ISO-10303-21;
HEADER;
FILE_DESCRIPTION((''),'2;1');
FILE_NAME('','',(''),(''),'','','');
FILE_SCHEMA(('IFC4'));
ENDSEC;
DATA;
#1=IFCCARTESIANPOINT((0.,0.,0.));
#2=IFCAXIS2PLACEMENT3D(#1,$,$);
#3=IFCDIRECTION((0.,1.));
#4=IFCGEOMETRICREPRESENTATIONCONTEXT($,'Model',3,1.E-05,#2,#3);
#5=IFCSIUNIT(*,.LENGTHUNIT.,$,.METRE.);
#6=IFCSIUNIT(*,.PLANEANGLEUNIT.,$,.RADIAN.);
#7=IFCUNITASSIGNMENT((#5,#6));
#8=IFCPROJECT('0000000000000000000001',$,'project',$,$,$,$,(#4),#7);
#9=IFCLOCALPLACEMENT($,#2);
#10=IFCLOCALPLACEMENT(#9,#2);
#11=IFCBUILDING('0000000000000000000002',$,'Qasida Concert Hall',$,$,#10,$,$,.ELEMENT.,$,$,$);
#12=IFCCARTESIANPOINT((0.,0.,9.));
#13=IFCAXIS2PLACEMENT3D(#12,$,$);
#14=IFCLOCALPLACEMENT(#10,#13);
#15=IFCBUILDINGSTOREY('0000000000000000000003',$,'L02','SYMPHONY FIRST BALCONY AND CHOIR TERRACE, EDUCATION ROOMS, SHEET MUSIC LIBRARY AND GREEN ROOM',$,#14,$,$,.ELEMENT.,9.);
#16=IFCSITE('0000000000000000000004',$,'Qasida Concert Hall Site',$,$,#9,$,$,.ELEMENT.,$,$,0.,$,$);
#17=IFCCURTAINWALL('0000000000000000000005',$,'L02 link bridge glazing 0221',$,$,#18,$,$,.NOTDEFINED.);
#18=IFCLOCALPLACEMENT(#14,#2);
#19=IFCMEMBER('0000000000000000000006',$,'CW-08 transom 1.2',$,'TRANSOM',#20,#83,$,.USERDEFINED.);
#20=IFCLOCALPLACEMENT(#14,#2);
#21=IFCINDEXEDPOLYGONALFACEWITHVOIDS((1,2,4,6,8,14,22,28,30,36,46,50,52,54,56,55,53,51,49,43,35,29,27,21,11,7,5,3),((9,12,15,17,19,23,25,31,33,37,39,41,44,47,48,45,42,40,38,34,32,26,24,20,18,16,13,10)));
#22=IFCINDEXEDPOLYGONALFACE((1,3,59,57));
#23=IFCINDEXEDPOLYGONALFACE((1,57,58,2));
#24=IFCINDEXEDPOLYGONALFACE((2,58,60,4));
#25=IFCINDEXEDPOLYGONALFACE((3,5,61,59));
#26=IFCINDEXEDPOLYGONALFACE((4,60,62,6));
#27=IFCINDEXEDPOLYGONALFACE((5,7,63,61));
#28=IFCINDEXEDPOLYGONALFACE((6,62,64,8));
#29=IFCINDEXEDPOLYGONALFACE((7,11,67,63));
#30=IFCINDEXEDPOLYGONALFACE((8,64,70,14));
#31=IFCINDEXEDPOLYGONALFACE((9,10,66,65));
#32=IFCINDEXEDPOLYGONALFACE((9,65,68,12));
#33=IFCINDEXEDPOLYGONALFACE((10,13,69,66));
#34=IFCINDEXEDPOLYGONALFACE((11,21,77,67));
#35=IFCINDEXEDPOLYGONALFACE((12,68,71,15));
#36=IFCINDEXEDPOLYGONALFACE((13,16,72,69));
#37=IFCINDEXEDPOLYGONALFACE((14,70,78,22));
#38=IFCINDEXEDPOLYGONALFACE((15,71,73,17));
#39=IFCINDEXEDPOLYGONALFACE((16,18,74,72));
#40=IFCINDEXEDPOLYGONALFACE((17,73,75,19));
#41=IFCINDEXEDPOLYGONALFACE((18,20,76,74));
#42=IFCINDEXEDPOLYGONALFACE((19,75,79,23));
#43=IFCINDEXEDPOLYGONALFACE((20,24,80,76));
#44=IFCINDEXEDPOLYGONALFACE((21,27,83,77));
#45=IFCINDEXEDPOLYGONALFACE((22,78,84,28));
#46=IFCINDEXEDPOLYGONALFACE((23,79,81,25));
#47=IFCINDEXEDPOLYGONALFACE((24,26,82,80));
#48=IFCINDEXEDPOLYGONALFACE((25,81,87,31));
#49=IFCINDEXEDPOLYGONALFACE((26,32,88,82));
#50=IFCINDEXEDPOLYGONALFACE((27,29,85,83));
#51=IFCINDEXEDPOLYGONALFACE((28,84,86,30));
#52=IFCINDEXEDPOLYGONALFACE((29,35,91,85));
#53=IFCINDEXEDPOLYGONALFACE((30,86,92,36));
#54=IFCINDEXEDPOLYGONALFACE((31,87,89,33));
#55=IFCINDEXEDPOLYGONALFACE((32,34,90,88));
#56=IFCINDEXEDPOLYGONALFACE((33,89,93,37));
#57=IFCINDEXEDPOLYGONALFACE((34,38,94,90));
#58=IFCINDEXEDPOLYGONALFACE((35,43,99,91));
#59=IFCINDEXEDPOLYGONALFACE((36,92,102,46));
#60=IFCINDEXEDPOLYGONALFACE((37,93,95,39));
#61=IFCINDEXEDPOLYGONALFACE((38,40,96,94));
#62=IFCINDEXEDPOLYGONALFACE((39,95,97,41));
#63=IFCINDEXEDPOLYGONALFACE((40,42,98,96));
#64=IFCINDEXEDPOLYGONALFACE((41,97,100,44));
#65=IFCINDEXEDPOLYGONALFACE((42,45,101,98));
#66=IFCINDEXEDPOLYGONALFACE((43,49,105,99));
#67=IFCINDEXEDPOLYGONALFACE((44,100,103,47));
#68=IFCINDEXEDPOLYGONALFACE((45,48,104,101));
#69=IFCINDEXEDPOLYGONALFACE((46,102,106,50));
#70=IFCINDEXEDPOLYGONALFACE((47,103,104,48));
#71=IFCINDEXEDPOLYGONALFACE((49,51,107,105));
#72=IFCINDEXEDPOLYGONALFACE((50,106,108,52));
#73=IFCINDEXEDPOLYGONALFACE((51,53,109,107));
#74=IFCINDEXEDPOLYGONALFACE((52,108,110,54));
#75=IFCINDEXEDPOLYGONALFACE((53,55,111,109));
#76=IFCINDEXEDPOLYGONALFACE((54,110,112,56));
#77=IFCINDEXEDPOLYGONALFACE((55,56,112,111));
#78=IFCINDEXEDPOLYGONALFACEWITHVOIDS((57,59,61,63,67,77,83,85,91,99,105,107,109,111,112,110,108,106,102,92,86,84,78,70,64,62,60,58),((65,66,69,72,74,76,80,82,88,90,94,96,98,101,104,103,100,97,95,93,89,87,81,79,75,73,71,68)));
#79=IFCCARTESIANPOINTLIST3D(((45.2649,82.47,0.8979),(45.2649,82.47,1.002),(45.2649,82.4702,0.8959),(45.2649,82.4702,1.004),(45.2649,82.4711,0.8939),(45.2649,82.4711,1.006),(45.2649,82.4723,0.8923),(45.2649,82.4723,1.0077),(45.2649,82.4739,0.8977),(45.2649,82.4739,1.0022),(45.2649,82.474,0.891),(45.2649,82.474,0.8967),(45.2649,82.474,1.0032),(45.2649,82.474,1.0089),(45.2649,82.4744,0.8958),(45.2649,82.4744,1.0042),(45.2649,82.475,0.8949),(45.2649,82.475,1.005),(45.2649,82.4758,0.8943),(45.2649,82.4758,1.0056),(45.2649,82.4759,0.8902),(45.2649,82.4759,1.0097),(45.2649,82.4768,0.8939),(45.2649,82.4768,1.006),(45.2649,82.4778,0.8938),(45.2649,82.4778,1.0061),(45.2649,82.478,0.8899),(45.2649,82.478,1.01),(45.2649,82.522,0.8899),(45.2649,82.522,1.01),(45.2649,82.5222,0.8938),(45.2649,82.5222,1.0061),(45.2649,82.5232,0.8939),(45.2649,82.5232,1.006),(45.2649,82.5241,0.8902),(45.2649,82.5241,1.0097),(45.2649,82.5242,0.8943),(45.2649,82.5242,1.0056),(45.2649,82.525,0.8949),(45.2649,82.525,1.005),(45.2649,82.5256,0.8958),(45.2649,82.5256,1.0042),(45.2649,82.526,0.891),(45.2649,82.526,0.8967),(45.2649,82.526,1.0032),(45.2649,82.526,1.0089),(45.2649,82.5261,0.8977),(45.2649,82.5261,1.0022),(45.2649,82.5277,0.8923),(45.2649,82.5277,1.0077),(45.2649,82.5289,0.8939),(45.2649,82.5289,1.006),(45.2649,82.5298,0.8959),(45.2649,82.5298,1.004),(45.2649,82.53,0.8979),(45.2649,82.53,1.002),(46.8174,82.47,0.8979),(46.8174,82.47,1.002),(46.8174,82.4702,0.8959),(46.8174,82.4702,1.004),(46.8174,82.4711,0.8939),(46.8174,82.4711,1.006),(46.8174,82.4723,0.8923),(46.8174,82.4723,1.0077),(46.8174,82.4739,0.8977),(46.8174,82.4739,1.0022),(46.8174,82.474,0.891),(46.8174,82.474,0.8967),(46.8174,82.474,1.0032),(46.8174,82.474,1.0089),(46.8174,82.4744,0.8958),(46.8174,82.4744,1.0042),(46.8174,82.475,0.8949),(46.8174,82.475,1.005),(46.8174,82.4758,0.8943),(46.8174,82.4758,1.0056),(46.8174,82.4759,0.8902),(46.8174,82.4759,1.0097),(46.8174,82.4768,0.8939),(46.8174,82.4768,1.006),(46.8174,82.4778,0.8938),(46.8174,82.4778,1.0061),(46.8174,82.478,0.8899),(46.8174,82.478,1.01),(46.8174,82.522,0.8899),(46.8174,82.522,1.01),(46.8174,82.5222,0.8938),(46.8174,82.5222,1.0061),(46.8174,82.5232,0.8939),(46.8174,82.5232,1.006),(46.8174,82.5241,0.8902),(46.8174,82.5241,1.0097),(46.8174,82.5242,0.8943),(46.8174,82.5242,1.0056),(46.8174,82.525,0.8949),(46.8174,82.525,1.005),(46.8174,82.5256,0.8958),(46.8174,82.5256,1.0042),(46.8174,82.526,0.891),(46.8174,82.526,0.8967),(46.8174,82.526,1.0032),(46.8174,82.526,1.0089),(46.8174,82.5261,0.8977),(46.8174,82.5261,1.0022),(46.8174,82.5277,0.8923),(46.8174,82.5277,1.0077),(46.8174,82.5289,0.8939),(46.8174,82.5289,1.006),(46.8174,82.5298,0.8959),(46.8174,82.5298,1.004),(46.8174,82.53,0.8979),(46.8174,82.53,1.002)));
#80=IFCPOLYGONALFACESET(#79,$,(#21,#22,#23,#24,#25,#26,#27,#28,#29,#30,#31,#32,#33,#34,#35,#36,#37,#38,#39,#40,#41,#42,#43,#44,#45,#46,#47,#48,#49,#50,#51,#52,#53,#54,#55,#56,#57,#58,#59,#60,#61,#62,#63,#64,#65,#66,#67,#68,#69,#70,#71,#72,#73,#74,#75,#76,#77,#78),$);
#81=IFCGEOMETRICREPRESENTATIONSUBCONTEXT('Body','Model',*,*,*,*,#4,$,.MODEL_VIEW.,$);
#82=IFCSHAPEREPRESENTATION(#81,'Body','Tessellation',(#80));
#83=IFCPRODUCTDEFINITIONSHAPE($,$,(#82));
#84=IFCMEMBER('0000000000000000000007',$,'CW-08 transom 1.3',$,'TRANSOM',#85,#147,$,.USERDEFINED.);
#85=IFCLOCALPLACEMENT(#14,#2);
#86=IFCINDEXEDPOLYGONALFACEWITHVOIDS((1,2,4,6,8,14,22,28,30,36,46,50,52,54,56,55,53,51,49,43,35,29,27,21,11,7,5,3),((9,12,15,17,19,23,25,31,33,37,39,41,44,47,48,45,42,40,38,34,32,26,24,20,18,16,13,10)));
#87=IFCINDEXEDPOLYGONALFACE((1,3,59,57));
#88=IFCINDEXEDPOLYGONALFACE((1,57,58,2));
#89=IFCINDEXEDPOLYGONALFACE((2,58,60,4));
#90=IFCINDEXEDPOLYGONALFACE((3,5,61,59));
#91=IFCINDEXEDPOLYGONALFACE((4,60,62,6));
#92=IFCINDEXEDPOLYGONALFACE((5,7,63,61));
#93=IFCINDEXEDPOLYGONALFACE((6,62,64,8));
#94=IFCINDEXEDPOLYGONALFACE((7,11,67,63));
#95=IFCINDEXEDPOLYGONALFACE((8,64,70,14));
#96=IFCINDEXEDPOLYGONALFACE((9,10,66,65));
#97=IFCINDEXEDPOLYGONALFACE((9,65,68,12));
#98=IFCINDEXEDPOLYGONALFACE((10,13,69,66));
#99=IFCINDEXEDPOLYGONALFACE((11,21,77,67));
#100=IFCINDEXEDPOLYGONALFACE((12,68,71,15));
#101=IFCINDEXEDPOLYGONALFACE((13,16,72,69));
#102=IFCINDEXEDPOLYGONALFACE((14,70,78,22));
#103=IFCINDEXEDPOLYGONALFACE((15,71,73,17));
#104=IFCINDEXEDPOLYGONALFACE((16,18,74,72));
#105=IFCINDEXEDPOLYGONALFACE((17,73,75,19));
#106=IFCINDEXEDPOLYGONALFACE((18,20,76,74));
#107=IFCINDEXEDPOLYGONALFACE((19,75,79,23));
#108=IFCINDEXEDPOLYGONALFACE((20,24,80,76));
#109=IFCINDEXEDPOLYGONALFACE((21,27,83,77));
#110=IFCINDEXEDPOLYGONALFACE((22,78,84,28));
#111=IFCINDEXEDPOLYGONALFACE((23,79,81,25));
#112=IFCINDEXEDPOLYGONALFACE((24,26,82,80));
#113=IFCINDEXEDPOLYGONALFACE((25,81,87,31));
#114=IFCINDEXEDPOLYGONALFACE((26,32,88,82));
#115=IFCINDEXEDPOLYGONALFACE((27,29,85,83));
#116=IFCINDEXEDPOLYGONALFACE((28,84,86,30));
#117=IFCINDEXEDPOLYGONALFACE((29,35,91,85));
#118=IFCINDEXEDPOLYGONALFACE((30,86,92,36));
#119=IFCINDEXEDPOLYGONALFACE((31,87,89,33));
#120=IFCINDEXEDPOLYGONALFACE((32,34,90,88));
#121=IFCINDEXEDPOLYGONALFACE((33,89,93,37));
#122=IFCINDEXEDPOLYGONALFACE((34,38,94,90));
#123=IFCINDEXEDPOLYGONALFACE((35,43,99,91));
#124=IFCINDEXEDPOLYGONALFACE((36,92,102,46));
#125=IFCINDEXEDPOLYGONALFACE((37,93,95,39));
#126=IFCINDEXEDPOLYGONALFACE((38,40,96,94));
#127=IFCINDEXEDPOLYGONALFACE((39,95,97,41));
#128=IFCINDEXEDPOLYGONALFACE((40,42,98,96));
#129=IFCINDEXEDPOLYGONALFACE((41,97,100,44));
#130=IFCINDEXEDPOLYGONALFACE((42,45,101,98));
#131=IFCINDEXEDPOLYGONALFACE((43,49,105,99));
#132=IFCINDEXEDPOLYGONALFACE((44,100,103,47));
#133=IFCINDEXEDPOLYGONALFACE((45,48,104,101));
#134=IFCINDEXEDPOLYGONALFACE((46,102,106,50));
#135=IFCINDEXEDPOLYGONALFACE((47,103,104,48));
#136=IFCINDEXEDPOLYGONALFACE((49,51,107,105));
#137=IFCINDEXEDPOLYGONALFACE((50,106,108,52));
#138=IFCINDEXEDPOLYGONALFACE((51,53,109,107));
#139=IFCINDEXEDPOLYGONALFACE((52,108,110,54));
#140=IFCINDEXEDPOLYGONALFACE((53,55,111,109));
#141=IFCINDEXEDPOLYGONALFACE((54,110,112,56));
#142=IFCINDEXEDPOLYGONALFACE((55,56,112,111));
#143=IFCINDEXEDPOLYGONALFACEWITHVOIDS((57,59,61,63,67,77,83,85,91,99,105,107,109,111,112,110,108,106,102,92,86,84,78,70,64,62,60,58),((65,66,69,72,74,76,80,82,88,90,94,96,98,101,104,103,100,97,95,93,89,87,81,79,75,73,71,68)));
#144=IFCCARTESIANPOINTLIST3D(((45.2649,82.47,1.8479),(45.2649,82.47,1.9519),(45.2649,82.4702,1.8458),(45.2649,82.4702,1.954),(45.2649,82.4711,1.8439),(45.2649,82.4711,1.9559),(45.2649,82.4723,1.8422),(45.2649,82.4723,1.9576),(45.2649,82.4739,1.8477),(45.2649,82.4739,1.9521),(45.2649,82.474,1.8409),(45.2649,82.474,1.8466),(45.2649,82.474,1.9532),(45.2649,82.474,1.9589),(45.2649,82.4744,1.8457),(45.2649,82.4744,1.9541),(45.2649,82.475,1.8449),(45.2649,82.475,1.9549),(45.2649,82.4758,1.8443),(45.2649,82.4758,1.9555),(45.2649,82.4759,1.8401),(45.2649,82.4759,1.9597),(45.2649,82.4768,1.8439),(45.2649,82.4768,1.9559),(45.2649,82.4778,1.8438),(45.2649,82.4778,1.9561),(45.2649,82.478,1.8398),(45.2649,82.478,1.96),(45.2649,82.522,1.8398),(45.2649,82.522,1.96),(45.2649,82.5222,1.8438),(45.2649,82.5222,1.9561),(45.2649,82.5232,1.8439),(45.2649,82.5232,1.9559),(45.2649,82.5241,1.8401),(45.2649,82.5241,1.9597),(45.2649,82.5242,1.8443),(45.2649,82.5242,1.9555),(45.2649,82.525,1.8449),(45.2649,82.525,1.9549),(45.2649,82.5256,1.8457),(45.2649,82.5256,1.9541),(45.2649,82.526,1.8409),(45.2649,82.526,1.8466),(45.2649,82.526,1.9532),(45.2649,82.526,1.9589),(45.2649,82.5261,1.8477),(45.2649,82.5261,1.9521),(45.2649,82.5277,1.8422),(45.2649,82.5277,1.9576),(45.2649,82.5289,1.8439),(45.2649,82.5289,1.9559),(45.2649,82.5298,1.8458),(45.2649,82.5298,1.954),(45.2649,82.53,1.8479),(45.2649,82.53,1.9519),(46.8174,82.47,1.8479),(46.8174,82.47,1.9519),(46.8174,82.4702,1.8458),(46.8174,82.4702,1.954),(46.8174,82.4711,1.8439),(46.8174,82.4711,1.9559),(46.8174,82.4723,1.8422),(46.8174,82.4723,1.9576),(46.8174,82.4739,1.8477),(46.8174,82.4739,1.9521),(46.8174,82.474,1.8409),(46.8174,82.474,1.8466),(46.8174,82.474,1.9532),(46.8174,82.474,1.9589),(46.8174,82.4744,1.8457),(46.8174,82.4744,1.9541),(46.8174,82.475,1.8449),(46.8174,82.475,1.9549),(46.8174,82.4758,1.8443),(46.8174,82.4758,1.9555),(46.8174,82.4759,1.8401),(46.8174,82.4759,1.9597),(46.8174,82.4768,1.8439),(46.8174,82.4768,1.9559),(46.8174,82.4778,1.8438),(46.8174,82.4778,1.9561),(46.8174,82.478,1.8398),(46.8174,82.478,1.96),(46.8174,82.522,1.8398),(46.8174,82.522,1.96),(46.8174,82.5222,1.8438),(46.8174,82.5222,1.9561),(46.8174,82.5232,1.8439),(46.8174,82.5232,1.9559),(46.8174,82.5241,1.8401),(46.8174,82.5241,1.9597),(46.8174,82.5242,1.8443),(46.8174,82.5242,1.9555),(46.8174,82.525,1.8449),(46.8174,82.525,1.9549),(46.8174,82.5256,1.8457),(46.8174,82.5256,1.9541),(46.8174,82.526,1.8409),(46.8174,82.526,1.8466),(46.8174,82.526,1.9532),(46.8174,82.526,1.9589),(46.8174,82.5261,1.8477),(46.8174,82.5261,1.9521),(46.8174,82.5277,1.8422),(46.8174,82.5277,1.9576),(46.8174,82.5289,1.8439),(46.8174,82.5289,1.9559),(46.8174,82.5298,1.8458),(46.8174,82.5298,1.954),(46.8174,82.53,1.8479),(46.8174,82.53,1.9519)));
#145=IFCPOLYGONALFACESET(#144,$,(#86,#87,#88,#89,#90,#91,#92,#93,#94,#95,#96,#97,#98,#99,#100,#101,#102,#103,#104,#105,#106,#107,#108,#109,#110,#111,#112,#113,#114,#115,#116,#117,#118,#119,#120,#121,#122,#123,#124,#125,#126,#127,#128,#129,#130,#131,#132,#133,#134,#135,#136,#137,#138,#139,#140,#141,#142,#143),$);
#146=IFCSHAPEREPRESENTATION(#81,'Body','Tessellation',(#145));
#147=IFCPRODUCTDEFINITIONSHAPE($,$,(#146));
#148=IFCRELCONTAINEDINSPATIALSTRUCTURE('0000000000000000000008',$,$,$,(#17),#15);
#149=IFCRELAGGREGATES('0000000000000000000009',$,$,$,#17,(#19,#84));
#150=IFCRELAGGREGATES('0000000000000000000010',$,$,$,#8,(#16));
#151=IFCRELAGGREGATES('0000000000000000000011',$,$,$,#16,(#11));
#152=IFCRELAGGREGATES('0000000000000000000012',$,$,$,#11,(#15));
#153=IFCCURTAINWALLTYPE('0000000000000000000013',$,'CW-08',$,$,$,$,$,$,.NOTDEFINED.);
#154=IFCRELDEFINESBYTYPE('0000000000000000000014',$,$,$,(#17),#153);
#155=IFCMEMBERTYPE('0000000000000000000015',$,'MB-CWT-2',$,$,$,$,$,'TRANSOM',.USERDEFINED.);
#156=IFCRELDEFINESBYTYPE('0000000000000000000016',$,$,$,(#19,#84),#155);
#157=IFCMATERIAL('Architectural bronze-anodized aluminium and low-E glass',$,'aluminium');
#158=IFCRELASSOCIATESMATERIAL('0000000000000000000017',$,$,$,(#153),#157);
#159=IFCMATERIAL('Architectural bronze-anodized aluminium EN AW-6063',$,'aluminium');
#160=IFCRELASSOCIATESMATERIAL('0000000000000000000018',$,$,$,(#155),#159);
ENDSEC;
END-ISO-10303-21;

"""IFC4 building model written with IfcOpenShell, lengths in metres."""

from ifc_helpers import new_model, si_unit, direction, frame, origin, origin_2d, place, context, subcontext, project, spatial, hollow_rectangle, extrude, material, material_profile, profile_set, type_object, element, aggregate, save


model = new_model("IFC4")

# Units and contexts
model_context = context("Model", 3, precision=1e-05, world=origin(), true_north=direction((0.0, 1.0)))
body_context = subcontext(model_context, "Body", "Model", "MODEL_VIEW")
ifc_project = project(units=[si_unit("LENGTHUNIT", "METRE"), si_unit("PLANEANGLEUNIT", "RADIAN")], contexts=[model_context])

# Site, building, storey
site_placement = place(None, origin())
site = spatial("IfcSite", under=ifc_project, at=site_placement, Name="Qasida Concert Hall Site", CompositionType="ELEMENT", RefElevation=0.0)
building_placement = place(site_placement, origin())
building = spatial("IfcBuilding", under=site, at=building_placement, Name="Qasida Concert Hall", CompositionType="ELEMENT")
storey_placement = place(building_placement, frame((0.0, 0.0, 9.0)))
storey = spatial("IfcBuildingStorey", under=building, at=storey_placement, Name="L02", Description="SYMPHONY FIRST BALCONY AND CHOIR TERRACE, EDUCATION ROOMS, SHEET MUSIC LIBRARY AND GREEN ROOM", CompositionType="ELEMENT", Elevation=9.0)

# Curtain wall
ifc_material_1 = material(Name="Architectural bronze-anodized aluminium and low-E glass", Category="aluminium")
curtain_wall_type = type_object("IfcCurtainWallType", Name="CW-08", PredefinedType="NOTDEFINED", material=ifc_material_1)
ifc_material_2 = material(Name="Architectural bronze-anodized aluminium EN AW-6063", Category="aluminium")
curtain_wall_1_placement = place(storey_placement, origin())
curtain_wall_1 = element("IfcCurtainWall", 1, at=curtain_wall_1_placement, inside=storey, type_object=curtain_wall_type, Name="L02 link bridge glazing 0221", PredefinedType="NOTDEFINED")

# Members
ifc_material_profile_1 = material_profile(ifc_material_2, hollow_rectangle(XDim=0.0601, YDim=0.1201, WallThickness=0.0039, InnerFilletRadius=0.0039, OuterFilletRadius=0.0081, at=origin_2d()), Name="CWT 120x60x4")
ifc_profile_set_1 = profile_set([ifc_material_profile_1], Name="Architectural bronze-anodized aluminium EN AW-6063")
member_type_1 = type_object("IfcMemberType", Name="MB-CWT-2", ElementType="TRANSOM", PredefinedType="USERDEFINED", material=ifc_profile_set_1)
member_1_placement = place(storey_placement, frame((45.2649, 82.5, 0.95), z_axis=(1.0, 0.0, 0.0), x_axis=(0.0, 1.0, 0.0)))
member_1 = element("IfcMember", 2, at=member_1_placement, type_object=member_type_1, Name="CW-08 transom 1.2", ObjectType="TRANSOM", PredefinedType="USERDEFINED", context=body_context, shape_type="SweptSolid", body=[
    extrude(hollow_rectangle(XDim=0.0601, YDim=0.1201, WallThickness=0.0039, InnerFilletRadius=0.0039, OuterFilletRadius=0.0081, at=origin_2d()), origin(), (0.0, 0.0, 1.0), 1.5525),
])
member_2_placement = place(storey_placement, frame((45.2649, 82.5, 1.8999), z_axis=(1.0, 0.0, 0.0), x_axis=(0.0, 1.0, 0.0)))
member_2 = element("IfcMember", 3, at=member_2_placement, type_object=member_type_1, Name="CW-08 transom 1.3", ObjectType="TRANSOM", PredefinedType="USERDEFINED", context=body_context, shape_type="SweptSolid", body=[
    extrude(hollow_rectangle(XDim=0.0601, YDim=0.1201, WallThickness=0.0039, InnerFilletRadius=0.0039, OuterFilletRadius=0.0081, at=origin_2d()), origin(), (0.0, 0.0, 1.0), 1.5525),
])

aggregate(curtain_wall_1, [member_1, member_2])

save(model, "model.ifc")
